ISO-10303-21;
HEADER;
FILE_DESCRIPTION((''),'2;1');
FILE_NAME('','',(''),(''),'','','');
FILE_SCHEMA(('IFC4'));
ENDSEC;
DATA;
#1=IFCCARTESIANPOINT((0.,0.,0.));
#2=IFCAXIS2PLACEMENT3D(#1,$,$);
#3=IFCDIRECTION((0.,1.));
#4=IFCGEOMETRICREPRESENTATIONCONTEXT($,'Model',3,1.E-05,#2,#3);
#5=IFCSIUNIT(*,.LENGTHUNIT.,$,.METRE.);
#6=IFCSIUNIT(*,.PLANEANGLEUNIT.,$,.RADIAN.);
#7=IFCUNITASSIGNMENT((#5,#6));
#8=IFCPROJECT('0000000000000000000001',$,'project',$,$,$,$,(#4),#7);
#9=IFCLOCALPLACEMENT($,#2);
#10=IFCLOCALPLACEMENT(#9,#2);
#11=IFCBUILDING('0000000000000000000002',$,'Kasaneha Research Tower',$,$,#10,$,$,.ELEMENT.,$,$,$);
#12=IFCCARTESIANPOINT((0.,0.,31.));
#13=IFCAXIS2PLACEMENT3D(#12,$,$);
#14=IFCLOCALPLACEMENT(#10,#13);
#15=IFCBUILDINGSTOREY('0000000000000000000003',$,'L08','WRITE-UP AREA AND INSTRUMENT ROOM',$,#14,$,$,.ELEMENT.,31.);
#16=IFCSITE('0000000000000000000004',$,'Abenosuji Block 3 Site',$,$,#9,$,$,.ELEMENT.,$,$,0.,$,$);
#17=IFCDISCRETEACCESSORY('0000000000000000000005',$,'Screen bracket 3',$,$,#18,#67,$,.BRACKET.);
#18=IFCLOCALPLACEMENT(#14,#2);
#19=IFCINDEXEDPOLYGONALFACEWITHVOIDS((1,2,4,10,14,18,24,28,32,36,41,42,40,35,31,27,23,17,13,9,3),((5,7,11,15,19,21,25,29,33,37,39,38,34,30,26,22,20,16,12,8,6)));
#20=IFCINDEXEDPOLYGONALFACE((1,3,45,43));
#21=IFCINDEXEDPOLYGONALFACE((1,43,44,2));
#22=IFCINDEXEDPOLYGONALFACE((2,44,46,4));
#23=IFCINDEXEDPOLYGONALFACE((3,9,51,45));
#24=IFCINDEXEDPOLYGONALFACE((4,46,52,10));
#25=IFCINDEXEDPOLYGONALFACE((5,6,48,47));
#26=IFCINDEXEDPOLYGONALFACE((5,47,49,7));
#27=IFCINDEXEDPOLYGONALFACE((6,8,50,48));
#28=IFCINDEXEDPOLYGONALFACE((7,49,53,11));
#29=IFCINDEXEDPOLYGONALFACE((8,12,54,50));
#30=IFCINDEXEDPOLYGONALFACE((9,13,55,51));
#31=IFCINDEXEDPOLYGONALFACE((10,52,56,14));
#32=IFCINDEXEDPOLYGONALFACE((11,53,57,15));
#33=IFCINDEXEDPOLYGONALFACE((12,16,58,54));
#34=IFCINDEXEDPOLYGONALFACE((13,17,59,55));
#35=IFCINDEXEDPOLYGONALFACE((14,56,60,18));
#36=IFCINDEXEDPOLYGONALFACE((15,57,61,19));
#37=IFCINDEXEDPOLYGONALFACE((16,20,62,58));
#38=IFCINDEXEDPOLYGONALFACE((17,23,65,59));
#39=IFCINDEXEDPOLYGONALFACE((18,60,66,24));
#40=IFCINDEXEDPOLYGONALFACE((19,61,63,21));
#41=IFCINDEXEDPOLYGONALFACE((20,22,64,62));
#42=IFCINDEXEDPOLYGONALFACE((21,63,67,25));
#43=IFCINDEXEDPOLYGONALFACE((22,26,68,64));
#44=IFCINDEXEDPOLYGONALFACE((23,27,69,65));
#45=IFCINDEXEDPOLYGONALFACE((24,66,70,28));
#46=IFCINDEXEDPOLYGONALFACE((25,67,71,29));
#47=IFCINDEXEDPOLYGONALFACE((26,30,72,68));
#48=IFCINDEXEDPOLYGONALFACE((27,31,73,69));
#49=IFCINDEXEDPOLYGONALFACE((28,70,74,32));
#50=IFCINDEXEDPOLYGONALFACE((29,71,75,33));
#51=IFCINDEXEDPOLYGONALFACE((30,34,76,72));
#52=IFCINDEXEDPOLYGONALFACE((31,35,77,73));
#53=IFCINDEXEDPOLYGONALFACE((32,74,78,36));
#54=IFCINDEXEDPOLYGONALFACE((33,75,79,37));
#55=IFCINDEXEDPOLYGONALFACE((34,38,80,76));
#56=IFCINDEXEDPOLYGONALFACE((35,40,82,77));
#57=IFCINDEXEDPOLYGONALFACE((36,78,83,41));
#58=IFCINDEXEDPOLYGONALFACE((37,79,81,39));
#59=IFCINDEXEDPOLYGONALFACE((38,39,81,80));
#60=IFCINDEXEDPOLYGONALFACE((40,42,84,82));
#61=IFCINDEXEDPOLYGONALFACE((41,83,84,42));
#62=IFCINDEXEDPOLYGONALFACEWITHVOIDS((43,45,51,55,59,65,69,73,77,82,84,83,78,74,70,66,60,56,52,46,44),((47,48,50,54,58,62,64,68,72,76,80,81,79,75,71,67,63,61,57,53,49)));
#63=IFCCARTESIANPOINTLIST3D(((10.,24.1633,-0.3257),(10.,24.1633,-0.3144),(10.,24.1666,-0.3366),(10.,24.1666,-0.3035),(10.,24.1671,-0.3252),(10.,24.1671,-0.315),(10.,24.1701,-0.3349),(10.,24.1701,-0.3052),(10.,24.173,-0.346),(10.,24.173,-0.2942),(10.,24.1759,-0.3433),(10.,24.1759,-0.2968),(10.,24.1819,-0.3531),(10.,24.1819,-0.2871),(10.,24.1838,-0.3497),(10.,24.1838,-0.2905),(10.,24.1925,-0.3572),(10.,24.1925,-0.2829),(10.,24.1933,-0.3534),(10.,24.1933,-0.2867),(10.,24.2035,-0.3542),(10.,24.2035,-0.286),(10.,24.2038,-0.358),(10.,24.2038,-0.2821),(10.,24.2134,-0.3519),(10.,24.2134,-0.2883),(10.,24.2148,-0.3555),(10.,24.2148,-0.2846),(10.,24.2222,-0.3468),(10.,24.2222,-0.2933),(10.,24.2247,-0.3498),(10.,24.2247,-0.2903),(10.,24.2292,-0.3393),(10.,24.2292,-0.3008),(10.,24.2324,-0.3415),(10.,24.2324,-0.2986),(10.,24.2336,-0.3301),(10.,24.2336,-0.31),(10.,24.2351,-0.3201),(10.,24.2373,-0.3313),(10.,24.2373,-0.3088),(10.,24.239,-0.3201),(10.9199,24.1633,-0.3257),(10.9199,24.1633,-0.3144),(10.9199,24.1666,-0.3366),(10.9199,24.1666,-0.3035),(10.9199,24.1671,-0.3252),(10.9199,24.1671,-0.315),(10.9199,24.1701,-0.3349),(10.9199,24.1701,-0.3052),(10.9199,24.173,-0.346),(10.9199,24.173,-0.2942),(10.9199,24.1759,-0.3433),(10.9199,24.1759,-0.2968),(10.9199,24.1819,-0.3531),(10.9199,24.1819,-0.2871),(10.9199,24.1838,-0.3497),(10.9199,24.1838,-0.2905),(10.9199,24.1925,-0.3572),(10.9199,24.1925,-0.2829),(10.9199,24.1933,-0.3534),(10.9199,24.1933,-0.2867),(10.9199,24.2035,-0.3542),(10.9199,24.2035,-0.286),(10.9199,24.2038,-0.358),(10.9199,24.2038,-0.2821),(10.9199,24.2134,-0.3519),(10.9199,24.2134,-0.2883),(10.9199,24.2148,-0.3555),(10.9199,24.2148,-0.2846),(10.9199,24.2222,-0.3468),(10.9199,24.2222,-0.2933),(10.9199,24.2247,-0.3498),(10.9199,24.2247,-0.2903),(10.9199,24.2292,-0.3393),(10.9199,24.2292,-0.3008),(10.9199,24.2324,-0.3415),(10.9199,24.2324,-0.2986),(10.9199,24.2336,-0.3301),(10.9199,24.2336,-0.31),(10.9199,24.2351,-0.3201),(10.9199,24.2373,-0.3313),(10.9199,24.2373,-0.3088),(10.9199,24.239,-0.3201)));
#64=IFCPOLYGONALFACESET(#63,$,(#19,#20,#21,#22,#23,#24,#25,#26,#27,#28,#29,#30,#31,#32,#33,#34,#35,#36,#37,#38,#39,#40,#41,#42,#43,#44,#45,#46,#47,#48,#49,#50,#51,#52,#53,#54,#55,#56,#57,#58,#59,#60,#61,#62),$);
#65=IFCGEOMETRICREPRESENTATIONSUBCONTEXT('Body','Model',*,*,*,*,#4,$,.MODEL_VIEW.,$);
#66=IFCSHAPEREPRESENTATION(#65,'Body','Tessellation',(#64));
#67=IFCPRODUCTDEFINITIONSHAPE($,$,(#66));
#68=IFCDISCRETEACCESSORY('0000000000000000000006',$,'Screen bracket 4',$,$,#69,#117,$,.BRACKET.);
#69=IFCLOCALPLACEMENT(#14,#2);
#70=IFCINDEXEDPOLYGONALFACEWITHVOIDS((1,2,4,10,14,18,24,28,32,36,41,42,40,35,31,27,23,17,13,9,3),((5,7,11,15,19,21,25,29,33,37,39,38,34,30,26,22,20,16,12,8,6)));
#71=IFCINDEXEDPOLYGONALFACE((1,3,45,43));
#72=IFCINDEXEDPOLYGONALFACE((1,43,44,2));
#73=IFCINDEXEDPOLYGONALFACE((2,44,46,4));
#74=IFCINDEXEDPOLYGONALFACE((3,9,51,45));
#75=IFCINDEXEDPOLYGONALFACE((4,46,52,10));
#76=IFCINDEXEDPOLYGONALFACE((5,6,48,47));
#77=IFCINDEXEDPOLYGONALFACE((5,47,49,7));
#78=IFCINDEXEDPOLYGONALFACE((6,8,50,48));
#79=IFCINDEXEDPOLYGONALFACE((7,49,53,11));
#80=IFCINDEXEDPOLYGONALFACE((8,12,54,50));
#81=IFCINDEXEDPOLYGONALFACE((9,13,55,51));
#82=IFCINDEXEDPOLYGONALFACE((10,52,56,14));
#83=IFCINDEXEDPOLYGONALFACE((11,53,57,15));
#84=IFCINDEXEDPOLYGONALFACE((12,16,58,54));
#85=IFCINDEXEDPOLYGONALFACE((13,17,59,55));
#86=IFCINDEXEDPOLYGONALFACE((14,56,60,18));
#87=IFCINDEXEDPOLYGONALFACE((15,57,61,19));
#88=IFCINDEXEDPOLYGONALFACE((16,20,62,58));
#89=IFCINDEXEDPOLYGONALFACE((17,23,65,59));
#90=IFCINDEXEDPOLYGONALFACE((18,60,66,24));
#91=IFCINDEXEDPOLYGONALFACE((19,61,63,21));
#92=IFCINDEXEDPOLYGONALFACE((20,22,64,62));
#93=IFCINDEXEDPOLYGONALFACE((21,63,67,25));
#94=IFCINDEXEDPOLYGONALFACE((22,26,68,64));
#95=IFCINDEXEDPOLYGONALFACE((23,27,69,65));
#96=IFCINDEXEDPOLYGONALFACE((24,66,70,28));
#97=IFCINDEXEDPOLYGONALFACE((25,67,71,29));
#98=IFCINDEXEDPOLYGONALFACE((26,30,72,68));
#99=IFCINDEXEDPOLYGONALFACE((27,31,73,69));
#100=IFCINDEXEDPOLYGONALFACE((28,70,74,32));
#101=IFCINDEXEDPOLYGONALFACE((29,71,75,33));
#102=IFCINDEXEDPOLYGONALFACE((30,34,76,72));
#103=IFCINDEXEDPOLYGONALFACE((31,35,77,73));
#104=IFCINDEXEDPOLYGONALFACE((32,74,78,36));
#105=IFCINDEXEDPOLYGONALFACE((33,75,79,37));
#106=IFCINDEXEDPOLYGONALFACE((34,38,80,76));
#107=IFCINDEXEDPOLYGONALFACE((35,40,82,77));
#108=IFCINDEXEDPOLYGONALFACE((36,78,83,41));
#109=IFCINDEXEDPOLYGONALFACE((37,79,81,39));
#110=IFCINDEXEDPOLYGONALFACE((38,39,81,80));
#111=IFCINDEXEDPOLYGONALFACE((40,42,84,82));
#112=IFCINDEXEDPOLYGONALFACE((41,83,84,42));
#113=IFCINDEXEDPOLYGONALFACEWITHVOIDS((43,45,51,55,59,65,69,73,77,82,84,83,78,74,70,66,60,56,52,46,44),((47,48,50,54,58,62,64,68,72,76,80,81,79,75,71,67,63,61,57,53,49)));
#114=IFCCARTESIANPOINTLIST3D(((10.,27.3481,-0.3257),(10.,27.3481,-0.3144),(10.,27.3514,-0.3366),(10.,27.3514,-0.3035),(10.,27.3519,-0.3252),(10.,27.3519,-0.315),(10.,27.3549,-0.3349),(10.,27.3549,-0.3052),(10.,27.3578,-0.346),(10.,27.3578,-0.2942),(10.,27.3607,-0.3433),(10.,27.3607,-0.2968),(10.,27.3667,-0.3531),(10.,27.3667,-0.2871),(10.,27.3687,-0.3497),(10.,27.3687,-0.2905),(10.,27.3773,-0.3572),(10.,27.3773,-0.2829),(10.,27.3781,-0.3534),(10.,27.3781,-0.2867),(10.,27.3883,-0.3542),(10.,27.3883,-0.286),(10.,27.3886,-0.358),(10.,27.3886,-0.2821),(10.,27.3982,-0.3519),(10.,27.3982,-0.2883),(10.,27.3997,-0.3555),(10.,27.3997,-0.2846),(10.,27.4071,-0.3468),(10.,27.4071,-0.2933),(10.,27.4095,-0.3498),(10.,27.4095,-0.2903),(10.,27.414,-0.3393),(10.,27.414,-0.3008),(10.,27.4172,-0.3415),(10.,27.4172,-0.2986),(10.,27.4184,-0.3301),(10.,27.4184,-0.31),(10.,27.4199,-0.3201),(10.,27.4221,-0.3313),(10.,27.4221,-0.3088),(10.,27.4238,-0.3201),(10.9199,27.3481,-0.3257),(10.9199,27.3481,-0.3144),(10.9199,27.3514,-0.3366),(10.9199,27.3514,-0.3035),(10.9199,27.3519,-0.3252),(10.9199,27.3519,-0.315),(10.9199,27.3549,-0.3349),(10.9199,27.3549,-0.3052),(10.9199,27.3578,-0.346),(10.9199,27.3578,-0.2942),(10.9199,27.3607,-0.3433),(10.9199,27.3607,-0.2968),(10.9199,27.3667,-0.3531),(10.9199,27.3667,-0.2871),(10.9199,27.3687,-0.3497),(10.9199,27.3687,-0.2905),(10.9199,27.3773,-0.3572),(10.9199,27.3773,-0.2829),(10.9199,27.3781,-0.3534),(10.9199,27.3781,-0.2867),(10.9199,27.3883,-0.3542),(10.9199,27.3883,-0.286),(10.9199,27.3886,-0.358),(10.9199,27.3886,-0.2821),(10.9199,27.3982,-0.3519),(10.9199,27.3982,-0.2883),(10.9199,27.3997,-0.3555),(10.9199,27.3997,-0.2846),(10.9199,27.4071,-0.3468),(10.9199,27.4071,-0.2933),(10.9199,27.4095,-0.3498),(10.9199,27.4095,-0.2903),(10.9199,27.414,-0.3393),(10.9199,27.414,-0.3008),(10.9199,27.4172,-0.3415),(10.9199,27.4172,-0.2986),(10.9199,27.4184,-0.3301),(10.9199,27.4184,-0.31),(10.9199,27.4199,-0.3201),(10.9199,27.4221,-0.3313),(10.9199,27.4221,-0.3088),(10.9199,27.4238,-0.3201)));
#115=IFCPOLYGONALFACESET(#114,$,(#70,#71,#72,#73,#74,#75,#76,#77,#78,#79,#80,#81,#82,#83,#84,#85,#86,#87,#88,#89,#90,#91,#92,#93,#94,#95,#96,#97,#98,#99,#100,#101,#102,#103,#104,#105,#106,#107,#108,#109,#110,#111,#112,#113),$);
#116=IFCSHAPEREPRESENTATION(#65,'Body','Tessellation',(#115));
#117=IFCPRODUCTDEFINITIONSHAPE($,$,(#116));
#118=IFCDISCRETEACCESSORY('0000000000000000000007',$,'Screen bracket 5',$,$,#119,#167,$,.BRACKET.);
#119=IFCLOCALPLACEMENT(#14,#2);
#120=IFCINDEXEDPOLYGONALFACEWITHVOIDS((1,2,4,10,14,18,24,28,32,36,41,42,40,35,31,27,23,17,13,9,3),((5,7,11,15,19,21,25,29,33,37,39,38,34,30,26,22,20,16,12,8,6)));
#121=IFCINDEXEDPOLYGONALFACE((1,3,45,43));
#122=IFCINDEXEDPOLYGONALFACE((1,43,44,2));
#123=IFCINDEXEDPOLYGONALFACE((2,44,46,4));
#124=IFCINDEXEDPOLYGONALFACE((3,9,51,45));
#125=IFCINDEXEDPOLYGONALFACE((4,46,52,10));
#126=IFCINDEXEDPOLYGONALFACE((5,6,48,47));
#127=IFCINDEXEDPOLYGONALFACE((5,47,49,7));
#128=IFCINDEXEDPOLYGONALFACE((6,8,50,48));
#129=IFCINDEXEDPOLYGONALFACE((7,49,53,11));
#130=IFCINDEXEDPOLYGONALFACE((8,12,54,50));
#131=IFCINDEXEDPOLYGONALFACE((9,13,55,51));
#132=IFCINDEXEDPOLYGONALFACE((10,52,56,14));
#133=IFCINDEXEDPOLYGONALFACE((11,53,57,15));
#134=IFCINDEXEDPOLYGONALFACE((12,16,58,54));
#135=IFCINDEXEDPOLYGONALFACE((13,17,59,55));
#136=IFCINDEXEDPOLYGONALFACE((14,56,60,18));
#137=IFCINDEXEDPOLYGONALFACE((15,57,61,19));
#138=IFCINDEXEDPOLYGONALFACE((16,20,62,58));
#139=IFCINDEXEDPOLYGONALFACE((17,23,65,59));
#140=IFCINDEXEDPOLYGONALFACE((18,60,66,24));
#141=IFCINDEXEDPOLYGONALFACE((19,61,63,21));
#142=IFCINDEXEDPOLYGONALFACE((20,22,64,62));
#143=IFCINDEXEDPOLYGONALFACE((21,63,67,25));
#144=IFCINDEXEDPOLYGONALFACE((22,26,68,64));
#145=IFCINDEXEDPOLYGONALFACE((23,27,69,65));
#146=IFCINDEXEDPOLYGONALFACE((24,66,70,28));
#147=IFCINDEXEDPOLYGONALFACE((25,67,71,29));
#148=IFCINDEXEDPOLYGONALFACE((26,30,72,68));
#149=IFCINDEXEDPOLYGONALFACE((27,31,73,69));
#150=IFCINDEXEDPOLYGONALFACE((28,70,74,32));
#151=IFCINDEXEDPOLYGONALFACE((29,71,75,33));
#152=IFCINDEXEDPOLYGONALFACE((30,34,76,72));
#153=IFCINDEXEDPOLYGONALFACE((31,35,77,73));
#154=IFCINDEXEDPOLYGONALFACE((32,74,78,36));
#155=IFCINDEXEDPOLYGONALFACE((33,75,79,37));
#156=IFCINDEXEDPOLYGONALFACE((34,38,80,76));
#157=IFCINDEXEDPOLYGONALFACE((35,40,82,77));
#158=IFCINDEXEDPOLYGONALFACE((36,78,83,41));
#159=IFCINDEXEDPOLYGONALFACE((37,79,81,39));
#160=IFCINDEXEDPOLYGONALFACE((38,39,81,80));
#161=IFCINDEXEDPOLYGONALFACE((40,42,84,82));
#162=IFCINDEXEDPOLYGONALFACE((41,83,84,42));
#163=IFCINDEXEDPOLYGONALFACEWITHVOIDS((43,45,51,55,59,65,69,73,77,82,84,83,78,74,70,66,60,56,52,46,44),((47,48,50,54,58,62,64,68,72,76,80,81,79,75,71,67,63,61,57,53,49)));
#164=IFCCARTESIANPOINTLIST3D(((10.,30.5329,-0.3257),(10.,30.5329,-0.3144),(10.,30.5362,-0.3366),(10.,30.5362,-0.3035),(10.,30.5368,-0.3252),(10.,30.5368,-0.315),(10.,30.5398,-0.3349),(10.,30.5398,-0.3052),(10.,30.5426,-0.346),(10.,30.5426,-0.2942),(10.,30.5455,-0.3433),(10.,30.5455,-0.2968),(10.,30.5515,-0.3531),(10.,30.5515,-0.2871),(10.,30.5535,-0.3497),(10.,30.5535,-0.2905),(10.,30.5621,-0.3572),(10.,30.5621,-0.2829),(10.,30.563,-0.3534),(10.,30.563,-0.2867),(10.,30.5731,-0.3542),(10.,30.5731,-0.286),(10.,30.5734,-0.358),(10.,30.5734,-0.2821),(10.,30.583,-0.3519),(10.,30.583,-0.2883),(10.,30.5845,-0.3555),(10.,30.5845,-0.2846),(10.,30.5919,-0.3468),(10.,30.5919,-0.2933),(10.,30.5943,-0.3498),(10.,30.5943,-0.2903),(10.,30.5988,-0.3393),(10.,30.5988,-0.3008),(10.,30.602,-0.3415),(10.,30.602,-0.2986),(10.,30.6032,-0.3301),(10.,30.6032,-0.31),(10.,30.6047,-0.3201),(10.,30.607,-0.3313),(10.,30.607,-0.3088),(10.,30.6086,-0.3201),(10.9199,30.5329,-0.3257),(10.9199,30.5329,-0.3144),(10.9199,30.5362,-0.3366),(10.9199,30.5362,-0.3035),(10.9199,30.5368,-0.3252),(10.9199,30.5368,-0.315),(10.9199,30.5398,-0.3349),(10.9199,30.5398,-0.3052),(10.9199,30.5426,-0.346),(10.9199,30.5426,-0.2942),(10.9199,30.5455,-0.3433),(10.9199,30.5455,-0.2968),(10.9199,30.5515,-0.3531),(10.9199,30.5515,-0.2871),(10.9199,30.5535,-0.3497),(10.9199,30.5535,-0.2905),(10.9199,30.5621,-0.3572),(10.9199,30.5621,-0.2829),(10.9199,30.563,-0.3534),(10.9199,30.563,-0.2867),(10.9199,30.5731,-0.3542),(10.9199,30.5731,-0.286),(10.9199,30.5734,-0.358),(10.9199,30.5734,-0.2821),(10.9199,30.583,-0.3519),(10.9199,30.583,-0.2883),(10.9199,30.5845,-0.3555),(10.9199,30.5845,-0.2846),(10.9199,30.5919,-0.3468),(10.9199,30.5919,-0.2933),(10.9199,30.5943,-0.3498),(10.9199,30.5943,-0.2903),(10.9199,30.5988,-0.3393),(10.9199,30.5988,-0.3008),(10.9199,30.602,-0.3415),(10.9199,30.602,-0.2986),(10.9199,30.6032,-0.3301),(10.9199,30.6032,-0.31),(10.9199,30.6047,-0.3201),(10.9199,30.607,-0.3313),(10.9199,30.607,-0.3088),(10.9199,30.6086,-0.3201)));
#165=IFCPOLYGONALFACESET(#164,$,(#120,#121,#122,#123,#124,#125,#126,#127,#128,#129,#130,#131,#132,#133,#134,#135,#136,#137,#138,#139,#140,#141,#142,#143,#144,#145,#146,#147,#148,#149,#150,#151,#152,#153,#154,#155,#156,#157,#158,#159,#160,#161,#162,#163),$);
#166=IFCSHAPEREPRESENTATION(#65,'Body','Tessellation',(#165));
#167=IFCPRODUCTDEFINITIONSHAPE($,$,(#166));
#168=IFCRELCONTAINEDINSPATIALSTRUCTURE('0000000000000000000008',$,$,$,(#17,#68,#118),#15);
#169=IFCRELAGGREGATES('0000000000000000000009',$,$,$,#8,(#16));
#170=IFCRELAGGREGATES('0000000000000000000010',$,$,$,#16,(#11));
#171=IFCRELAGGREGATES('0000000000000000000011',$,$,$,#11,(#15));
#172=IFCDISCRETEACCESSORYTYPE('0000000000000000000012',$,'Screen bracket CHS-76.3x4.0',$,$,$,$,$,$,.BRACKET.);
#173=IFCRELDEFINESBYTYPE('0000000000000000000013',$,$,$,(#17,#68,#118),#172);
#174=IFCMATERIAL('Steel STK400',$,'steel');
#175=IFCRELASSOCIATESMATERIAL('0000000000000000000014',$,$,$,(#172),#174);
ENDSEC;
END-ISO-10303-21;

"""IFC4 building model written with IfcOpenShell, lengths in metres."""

from ifc_helpers import new_model, si_unit, direction, frame, origin, origin_2d, place, context, subcontext, project, spatial, hollow_circle, extrude, material, material_profile, profile_set, type_object, element, save


model = new_model("IFC4")

# Units and contexts
model_context = context("Model", 3, precision=1e-05, world=origin(), true_north=direction((0.0, 1.0)))
body_context = subcontext(model_context, "Body", "Model", "MODEL_VIEW")
ifc_project = project(units=[si_unit("LENGTHUNIT", "METRE"), si_unit("PLANEANGLEUNIT", "RADIAN")], contexts=[model_context])

# Site, building, storey
site_placement = place(None, origin())
site = spatial("IfcSite", under=ifc_project, at=site_placement, Name="Abenosuji Block 3 Site", CompositionType="ELEMENT", RefElevation=0.0)
building_placement = place(site_placement, origin())
building = spatial("IfcBuilding", under=site, at=building_placement, Name="Kasaneha Research Tower", CompositionType="ELEMENT")
storey_placement = place(building_placement, frame((0.0, 0.0, 31.0)))
storey = spatial("IfcBuildingStorey", under=building, at=storey_placement, Name="L08", Description="WRITE-UP AREA AND INSTRUMENT ROOM", CompositionType="ELEMENT", Elevation=31.0)

# Discrete accessories
ifc_material_1 = material(Name="Steel STK400", Category="steel")
ifc_material_profile_1 = material_profile(ifc_material_1, hollow_circle(Radius=0.0381, WallThickness=0.0039, at=origin_2d()), Name="CHS-76.3x4.0")
ifc_profile_set_1 = profile_set([ifc_material_profile_1], Name="Steel STK400")
discrete_accessory_type = type_object("IfcDiscreteAccessoryType", Name="Screen bracket CHS-76.3x4.0", PredefinedType="BRACKET", material=ifc_profile_set_1)
for number, where, z_axis, x_axis, name in (
    (1, (10.0, 24.2009, -0.3201), (1.0, 0.0, 0.0), (0.0, 1.0, 0.0), "Screen bracket 3"),
    (2, (10.0, 27.3857, -0.3201), (1.0, 0.0, 0.0), (0.0, 1.0, 0.0), "Screen bracket 4"),
    (3, (10.0, 30.5706, -0.3201), (1.0, 0.0, 0.0), (0.0, 1.0, 0.0), "Screen bracket 5"),
):
    element("IfcDiscreteAccessory", number, at=place(storey_placement, frame(where, z_axis=z_axis, x_axis=x_axis)), inside=storey, type_object=discrete_accessory_type, Name=name, PredefinedType="BRACKET", context=body_context, shape_type="SweptSolid", body=[
        extrude(hollow_circle(Radius=0.0381, WallThickness=0.0039, at=origin_2d()), origin(), (0.0, 0.0, 1.0), 0.9199),
    ])

save(model, "model.ifc")
